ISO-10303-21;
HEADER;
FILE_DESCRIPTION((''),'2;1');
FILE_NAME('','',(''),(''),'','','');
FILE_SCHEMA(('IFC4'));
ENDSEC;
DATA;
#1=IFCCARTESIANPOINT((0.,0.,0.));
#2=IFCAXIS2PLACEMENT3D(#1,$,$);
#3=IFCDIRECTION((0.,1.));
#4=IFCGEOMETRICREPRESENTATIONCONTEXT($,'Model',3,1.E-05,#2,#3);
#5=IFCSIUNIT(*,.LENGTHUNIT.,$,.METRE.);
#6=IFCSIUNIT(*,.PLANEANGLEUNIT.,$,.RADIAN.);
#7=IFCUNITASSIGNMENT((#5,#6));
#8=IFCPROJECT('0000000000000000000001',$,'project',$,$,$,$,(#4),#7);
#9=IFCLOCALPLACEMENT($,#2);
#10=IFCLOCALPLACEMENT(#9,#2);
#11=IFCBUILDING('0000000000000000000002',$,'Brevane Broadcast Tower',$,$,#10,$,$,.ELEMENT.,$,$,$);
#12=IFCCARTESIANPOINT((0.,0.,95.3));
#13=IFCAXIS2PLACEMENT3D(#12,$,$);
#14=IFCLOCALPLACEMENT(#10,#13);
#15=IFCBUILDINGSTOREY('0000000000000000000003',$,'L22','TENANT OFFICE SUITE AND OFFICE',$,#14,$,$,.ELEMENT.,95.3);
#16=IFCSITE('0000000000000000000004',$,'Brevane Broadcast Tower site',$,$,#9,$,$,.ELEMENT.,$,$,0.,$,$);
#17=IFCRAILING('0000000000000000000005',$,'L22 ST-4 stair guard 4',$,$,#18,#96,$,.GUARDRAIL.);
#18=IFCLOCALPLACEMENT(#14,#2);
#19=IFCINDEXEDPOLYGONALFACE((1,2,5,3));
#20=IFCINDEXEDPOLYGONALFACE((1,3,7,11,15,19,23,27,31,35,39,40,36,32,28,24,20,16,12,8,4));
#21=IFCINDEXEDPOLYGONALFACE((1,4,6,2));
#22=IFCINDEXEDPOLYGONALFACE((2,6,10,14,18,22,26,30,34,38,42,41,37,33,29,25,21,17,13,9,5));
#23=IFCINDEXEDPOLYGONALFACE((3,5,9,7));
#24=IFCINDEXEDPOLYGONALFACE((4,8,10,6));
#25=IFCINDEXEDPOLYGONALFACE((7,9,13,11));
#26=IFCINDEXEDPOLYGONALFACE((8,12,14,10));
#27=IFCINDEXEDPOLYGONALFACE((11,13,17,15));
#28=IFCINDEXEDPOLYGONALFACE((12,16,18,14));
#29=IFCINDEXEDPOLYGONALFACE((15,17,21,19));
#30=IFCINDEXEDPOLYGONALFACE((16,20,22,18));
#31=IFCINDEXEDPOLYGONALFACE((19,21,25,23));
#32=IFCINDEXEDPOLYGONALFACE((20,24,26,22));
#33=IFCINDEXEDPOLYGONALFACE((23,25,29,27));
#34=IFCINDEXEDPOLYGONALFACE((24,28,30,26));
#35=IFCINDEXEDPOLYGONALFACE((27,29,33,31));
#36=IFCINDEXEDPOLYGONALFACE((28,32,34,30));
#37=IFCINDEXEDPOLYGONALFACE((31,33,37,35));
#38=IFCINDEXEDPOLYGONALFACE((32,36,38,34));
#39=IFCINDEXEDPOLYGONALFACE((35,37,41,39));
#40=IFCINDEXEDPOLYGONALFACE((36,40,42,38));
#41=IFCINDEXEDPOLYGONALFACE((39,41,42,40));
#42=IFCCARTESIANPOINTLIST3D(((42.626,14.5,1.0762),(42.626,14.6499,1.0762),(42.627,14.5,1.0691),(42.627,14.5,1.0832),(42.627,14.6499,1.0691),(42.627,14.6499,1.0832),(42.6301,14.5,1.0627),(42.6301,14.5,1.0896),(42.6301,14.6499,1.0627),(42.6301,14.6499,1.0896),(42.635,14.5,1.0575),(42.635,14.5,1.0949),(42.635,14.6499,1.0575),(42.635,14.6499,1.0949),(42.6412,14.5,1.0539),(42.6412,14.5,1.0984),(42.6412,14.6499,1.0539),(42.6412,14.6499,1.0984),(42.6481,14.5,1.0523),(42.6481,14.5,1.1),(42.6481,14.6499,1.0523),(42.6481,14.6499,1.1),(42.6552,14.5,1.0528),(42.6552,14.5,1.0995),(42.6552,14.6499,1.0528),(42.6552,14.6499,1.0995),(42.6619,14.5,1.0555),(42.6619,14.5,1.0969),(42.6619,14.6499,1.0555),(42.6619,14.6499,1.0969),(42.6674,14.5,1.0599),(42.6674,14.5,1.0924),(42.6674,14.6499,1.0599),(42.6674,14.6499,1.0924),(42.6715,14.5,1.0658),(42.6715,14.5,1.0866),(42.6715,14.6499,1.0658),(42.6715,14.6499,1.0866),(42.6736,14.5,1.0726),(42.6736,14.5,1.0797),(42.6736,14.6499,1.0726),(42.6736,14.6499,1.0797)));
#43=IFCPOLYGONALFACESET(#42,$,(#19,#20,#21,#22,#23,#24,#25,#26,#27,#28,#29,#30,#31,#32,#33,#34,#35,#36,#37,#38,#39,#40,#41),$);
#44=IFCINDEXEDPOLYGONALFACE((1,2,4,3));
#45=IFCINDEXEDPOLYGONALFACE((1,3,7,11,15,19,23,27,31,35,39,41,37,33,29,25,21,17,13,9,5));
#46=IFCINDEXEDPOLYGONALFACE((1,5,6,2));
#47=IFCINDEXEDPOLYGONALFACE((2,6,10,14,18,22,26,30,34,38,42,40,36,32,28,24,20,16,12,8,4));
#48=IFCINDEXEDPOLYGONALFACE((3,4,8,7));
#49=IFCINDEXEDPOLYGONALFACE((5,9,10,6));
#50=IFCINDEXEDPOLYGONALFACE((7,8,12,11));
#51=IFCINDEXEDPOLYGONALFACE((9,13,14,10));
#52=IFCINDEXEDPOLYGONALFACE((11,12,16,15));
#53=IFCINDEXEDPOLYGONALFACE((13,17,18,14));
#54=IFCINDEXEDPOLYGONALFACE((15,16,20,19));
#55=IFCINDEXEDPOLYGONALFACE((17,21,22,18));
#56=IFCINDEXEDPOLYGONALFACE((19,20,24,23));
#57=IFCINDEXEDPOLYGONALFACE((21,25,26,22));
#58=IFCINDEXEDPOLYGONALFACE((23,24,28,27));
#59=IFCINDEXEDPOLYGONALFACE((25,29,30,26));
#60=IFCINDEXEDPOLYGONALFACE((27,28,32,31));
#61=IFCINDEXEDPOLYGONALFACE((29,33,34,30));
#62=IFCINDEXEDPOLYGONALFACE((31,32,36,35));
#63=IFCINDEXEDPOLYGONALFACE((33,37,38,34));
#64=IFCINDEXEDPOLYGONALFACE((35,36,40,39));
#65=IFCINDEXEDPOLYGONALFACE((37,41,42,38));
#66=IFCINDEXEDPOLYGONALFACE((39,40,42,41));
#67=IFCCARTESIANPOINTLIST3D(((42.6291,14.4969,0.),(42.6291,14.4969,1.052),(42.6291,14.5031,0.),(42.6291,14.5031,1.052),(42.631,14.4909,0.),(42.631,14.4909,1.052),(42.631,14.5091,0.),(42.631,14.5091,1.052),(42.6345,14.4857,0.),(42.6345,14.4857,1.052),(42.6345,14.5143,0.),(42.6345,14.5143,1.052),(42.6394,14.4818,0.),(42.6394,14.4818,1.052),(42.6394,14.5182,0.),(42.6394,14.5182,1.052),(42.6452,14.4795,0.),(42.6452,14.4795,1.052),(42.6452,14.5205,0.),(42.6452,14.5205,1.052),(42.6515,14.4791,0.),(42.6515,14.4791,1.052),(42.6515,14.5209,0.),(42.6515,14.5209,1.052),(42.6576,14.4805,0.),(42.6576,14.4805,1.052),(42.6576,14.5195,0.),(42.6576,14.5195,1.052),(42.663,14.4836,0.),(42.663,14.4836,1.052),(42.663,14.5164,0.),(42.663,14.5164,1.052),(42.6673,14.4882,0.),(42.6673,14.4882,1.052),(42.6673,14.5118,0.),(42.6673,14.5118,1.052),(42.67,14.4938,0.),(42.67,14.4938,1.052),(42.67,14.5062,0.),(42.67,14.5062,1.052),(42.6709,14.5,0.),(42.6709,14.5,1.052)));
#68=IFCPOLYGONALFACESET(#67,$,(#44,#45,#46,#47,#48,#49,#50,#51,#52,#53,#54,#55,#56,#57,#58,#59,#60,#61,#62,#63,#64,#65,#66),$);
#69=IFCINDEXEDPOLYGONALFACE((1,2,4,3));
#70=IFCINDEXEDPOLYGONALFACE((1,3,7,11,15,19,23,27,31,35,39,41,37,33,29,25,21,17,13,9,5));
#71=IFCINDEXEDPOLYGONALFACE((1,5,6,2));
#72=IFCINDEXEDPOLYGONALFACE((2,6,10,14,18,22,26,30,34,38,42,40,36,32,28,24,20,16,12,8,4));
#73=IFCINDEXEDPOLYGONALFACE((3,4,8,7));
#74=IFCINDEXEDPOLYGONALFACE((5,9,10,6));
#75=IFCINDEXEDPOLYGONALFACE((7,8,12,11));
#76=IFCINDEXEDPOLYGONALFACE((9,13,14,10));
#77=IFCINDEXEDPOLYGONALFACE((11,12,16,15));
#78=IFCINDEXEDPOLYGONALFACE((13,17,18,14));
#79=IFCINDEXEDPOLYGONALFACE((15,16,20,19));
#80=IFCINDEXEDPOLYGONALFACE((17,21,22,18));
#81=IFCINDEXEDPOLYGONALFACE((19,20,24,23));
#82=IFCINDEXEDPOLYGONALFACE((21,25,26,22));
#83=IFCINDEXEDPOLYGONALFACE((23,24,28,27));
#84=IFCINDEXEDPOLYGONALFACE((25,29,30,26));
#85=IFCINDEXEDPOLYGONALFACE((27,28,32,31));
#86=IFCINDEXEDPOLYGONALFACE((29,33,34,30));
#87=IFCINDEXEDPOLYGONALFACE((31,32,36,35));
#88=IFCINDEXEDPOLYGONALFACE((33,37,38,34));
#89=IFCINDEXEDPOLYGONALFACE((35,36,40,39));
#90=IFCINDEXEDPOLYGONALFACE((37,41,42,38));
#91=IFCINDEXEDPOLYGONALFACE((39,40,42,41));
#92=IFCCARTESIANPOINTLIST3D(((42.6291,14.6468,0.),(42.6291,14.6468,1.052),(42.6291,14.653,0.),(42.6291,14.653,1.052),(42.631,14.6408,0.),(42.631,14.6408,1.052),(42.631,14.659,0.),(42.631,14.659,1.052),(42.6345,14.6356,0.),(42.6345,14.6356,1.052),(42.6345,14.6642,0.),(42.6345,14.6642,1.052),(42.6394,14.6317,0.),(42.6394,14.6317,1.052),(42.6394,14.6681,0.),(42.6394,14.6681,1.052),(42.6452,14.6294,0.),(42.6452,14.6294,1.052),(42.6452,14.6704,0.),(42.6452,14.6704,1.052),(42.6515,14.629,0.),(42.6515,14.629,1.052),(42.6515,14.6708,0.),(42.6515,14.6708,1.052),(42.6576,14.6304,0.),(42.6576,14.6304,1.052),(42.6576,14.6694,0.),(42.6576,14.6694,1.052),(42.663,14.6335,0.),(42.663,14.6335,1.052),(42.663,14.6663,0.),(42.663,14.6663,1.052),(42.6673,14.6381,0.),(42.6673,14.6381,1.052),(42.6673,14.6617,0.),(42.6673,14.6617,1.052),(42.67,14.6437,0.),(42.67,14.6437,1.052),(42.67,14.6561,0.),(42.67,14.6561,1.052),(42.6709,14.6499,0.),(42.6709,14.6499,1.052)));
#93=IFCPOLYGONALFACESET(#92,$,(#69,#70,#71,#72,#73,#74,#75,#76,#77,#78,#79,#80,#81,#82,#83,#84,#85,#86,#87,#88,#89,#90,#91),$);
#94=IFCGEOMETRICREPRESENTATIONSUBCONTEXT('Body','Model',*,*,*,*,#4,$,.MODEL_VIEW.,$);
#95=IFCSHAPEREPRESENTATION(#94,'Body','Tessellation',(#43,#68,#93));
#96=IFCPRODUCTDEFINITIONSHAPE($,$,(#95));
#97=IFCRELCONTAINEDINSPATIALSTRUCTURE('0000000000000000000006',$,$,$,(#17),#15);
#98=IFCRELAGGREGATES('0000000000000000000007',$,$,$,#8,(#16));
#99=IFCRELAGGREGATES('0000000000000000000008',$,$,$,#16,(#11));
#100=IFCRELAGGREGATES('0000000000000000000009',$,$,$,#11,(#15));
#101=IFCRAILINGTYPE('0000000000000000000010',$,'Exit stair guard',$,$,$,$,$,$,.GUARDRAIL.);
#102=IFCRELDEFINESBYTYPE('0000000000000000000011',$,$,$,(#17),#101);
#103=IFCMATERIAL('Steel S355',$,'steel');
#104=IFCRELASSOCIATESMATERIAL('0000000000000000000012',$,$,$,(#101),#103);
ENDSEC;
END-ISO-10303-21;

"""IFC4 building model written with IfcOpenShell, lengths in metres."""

from ifc_helpers import new_model, si_unit, direction, frame, origin, origin_2d, place, context, subcontext, project, spatial, circle, extrude, material, type_object, element, save


model = new_model("IFC4")

# Units and contexts
model_context = context("Model", 3, precision=1e-05, world=origin(), true_north=direction((0.0, 1.0)))
body_context = subcontext(model_context, "Body", "Model", "MODEL_VIEW")
ifc_project = project(units=[si_unit("LENGTHUNIT", "METRE"), si_unit("PLANEANGLEUNIT", "RADIAN")], contexts=[model_context])

# Site, building, storey
site_placement = place(None, origin())
site = spatial("IfcSite", under=ifc_project, at=site_placement, Name="Brevane Broadcast Tower site", CompositionType="ELEMENT", RefElevation=0.0)
building_placement = place(site_placement, origin())
building = spatial("IfcBuilding", under=site, at=building_placement, Name="Brevane Broadcast Tower", CompositionType="ELEMENT")
storey_placement = place(building_placement, frame((0.0, 0.0, 95.3)))
storey = spatial("IfcBuildingStorey", under=building, at=storey_placement, Name="L22", Description="TENANT OFFICE SUITE AND OFFICE", CompositionType="ELEMENT", Elevation=95.3)

# Railing
ifc_material_1 = material(Name="Steel S355", Category="steel")
railing_type_1 = type_object("IfcRailingType", Name="Exit stair guard", PredefinedType="GUARDRAIL", material=ifc_material_1)
railing_1_placement = place(storey_placement, frame((42.6499, 14.5, 0.0)))
element("IfcRailing", 1, at=railing_1_placement, inside=storey, type_object=railing_type_1, Name="L22 ST-4 stair guard 4", PredefinedType="GUARDRAIL", context=body_context, shape_type="SweptSolid", body=[
    extrude(circle(Radius=0.0239, at=origin_2d()), frame((0.0, 0.0, 1.0762), z_axis=(0.0, 1.0, 0.0), x_axis=(-1.0, 0.0, 0.0)), (0.0, 0.0, 1.0), 0.1499),
    extrude(circle(Radius=0.021, at=origin_2d()), origin(), (0.0, 0.0, 1.0), 1.052),
    extrude(circle(Radius=0.021, at=origin_2d()), frame((0.0, 0.1499, 0.0)), (0.0, 0.0, 1.0), 1.052),
])

save(model, "model.ifc")
